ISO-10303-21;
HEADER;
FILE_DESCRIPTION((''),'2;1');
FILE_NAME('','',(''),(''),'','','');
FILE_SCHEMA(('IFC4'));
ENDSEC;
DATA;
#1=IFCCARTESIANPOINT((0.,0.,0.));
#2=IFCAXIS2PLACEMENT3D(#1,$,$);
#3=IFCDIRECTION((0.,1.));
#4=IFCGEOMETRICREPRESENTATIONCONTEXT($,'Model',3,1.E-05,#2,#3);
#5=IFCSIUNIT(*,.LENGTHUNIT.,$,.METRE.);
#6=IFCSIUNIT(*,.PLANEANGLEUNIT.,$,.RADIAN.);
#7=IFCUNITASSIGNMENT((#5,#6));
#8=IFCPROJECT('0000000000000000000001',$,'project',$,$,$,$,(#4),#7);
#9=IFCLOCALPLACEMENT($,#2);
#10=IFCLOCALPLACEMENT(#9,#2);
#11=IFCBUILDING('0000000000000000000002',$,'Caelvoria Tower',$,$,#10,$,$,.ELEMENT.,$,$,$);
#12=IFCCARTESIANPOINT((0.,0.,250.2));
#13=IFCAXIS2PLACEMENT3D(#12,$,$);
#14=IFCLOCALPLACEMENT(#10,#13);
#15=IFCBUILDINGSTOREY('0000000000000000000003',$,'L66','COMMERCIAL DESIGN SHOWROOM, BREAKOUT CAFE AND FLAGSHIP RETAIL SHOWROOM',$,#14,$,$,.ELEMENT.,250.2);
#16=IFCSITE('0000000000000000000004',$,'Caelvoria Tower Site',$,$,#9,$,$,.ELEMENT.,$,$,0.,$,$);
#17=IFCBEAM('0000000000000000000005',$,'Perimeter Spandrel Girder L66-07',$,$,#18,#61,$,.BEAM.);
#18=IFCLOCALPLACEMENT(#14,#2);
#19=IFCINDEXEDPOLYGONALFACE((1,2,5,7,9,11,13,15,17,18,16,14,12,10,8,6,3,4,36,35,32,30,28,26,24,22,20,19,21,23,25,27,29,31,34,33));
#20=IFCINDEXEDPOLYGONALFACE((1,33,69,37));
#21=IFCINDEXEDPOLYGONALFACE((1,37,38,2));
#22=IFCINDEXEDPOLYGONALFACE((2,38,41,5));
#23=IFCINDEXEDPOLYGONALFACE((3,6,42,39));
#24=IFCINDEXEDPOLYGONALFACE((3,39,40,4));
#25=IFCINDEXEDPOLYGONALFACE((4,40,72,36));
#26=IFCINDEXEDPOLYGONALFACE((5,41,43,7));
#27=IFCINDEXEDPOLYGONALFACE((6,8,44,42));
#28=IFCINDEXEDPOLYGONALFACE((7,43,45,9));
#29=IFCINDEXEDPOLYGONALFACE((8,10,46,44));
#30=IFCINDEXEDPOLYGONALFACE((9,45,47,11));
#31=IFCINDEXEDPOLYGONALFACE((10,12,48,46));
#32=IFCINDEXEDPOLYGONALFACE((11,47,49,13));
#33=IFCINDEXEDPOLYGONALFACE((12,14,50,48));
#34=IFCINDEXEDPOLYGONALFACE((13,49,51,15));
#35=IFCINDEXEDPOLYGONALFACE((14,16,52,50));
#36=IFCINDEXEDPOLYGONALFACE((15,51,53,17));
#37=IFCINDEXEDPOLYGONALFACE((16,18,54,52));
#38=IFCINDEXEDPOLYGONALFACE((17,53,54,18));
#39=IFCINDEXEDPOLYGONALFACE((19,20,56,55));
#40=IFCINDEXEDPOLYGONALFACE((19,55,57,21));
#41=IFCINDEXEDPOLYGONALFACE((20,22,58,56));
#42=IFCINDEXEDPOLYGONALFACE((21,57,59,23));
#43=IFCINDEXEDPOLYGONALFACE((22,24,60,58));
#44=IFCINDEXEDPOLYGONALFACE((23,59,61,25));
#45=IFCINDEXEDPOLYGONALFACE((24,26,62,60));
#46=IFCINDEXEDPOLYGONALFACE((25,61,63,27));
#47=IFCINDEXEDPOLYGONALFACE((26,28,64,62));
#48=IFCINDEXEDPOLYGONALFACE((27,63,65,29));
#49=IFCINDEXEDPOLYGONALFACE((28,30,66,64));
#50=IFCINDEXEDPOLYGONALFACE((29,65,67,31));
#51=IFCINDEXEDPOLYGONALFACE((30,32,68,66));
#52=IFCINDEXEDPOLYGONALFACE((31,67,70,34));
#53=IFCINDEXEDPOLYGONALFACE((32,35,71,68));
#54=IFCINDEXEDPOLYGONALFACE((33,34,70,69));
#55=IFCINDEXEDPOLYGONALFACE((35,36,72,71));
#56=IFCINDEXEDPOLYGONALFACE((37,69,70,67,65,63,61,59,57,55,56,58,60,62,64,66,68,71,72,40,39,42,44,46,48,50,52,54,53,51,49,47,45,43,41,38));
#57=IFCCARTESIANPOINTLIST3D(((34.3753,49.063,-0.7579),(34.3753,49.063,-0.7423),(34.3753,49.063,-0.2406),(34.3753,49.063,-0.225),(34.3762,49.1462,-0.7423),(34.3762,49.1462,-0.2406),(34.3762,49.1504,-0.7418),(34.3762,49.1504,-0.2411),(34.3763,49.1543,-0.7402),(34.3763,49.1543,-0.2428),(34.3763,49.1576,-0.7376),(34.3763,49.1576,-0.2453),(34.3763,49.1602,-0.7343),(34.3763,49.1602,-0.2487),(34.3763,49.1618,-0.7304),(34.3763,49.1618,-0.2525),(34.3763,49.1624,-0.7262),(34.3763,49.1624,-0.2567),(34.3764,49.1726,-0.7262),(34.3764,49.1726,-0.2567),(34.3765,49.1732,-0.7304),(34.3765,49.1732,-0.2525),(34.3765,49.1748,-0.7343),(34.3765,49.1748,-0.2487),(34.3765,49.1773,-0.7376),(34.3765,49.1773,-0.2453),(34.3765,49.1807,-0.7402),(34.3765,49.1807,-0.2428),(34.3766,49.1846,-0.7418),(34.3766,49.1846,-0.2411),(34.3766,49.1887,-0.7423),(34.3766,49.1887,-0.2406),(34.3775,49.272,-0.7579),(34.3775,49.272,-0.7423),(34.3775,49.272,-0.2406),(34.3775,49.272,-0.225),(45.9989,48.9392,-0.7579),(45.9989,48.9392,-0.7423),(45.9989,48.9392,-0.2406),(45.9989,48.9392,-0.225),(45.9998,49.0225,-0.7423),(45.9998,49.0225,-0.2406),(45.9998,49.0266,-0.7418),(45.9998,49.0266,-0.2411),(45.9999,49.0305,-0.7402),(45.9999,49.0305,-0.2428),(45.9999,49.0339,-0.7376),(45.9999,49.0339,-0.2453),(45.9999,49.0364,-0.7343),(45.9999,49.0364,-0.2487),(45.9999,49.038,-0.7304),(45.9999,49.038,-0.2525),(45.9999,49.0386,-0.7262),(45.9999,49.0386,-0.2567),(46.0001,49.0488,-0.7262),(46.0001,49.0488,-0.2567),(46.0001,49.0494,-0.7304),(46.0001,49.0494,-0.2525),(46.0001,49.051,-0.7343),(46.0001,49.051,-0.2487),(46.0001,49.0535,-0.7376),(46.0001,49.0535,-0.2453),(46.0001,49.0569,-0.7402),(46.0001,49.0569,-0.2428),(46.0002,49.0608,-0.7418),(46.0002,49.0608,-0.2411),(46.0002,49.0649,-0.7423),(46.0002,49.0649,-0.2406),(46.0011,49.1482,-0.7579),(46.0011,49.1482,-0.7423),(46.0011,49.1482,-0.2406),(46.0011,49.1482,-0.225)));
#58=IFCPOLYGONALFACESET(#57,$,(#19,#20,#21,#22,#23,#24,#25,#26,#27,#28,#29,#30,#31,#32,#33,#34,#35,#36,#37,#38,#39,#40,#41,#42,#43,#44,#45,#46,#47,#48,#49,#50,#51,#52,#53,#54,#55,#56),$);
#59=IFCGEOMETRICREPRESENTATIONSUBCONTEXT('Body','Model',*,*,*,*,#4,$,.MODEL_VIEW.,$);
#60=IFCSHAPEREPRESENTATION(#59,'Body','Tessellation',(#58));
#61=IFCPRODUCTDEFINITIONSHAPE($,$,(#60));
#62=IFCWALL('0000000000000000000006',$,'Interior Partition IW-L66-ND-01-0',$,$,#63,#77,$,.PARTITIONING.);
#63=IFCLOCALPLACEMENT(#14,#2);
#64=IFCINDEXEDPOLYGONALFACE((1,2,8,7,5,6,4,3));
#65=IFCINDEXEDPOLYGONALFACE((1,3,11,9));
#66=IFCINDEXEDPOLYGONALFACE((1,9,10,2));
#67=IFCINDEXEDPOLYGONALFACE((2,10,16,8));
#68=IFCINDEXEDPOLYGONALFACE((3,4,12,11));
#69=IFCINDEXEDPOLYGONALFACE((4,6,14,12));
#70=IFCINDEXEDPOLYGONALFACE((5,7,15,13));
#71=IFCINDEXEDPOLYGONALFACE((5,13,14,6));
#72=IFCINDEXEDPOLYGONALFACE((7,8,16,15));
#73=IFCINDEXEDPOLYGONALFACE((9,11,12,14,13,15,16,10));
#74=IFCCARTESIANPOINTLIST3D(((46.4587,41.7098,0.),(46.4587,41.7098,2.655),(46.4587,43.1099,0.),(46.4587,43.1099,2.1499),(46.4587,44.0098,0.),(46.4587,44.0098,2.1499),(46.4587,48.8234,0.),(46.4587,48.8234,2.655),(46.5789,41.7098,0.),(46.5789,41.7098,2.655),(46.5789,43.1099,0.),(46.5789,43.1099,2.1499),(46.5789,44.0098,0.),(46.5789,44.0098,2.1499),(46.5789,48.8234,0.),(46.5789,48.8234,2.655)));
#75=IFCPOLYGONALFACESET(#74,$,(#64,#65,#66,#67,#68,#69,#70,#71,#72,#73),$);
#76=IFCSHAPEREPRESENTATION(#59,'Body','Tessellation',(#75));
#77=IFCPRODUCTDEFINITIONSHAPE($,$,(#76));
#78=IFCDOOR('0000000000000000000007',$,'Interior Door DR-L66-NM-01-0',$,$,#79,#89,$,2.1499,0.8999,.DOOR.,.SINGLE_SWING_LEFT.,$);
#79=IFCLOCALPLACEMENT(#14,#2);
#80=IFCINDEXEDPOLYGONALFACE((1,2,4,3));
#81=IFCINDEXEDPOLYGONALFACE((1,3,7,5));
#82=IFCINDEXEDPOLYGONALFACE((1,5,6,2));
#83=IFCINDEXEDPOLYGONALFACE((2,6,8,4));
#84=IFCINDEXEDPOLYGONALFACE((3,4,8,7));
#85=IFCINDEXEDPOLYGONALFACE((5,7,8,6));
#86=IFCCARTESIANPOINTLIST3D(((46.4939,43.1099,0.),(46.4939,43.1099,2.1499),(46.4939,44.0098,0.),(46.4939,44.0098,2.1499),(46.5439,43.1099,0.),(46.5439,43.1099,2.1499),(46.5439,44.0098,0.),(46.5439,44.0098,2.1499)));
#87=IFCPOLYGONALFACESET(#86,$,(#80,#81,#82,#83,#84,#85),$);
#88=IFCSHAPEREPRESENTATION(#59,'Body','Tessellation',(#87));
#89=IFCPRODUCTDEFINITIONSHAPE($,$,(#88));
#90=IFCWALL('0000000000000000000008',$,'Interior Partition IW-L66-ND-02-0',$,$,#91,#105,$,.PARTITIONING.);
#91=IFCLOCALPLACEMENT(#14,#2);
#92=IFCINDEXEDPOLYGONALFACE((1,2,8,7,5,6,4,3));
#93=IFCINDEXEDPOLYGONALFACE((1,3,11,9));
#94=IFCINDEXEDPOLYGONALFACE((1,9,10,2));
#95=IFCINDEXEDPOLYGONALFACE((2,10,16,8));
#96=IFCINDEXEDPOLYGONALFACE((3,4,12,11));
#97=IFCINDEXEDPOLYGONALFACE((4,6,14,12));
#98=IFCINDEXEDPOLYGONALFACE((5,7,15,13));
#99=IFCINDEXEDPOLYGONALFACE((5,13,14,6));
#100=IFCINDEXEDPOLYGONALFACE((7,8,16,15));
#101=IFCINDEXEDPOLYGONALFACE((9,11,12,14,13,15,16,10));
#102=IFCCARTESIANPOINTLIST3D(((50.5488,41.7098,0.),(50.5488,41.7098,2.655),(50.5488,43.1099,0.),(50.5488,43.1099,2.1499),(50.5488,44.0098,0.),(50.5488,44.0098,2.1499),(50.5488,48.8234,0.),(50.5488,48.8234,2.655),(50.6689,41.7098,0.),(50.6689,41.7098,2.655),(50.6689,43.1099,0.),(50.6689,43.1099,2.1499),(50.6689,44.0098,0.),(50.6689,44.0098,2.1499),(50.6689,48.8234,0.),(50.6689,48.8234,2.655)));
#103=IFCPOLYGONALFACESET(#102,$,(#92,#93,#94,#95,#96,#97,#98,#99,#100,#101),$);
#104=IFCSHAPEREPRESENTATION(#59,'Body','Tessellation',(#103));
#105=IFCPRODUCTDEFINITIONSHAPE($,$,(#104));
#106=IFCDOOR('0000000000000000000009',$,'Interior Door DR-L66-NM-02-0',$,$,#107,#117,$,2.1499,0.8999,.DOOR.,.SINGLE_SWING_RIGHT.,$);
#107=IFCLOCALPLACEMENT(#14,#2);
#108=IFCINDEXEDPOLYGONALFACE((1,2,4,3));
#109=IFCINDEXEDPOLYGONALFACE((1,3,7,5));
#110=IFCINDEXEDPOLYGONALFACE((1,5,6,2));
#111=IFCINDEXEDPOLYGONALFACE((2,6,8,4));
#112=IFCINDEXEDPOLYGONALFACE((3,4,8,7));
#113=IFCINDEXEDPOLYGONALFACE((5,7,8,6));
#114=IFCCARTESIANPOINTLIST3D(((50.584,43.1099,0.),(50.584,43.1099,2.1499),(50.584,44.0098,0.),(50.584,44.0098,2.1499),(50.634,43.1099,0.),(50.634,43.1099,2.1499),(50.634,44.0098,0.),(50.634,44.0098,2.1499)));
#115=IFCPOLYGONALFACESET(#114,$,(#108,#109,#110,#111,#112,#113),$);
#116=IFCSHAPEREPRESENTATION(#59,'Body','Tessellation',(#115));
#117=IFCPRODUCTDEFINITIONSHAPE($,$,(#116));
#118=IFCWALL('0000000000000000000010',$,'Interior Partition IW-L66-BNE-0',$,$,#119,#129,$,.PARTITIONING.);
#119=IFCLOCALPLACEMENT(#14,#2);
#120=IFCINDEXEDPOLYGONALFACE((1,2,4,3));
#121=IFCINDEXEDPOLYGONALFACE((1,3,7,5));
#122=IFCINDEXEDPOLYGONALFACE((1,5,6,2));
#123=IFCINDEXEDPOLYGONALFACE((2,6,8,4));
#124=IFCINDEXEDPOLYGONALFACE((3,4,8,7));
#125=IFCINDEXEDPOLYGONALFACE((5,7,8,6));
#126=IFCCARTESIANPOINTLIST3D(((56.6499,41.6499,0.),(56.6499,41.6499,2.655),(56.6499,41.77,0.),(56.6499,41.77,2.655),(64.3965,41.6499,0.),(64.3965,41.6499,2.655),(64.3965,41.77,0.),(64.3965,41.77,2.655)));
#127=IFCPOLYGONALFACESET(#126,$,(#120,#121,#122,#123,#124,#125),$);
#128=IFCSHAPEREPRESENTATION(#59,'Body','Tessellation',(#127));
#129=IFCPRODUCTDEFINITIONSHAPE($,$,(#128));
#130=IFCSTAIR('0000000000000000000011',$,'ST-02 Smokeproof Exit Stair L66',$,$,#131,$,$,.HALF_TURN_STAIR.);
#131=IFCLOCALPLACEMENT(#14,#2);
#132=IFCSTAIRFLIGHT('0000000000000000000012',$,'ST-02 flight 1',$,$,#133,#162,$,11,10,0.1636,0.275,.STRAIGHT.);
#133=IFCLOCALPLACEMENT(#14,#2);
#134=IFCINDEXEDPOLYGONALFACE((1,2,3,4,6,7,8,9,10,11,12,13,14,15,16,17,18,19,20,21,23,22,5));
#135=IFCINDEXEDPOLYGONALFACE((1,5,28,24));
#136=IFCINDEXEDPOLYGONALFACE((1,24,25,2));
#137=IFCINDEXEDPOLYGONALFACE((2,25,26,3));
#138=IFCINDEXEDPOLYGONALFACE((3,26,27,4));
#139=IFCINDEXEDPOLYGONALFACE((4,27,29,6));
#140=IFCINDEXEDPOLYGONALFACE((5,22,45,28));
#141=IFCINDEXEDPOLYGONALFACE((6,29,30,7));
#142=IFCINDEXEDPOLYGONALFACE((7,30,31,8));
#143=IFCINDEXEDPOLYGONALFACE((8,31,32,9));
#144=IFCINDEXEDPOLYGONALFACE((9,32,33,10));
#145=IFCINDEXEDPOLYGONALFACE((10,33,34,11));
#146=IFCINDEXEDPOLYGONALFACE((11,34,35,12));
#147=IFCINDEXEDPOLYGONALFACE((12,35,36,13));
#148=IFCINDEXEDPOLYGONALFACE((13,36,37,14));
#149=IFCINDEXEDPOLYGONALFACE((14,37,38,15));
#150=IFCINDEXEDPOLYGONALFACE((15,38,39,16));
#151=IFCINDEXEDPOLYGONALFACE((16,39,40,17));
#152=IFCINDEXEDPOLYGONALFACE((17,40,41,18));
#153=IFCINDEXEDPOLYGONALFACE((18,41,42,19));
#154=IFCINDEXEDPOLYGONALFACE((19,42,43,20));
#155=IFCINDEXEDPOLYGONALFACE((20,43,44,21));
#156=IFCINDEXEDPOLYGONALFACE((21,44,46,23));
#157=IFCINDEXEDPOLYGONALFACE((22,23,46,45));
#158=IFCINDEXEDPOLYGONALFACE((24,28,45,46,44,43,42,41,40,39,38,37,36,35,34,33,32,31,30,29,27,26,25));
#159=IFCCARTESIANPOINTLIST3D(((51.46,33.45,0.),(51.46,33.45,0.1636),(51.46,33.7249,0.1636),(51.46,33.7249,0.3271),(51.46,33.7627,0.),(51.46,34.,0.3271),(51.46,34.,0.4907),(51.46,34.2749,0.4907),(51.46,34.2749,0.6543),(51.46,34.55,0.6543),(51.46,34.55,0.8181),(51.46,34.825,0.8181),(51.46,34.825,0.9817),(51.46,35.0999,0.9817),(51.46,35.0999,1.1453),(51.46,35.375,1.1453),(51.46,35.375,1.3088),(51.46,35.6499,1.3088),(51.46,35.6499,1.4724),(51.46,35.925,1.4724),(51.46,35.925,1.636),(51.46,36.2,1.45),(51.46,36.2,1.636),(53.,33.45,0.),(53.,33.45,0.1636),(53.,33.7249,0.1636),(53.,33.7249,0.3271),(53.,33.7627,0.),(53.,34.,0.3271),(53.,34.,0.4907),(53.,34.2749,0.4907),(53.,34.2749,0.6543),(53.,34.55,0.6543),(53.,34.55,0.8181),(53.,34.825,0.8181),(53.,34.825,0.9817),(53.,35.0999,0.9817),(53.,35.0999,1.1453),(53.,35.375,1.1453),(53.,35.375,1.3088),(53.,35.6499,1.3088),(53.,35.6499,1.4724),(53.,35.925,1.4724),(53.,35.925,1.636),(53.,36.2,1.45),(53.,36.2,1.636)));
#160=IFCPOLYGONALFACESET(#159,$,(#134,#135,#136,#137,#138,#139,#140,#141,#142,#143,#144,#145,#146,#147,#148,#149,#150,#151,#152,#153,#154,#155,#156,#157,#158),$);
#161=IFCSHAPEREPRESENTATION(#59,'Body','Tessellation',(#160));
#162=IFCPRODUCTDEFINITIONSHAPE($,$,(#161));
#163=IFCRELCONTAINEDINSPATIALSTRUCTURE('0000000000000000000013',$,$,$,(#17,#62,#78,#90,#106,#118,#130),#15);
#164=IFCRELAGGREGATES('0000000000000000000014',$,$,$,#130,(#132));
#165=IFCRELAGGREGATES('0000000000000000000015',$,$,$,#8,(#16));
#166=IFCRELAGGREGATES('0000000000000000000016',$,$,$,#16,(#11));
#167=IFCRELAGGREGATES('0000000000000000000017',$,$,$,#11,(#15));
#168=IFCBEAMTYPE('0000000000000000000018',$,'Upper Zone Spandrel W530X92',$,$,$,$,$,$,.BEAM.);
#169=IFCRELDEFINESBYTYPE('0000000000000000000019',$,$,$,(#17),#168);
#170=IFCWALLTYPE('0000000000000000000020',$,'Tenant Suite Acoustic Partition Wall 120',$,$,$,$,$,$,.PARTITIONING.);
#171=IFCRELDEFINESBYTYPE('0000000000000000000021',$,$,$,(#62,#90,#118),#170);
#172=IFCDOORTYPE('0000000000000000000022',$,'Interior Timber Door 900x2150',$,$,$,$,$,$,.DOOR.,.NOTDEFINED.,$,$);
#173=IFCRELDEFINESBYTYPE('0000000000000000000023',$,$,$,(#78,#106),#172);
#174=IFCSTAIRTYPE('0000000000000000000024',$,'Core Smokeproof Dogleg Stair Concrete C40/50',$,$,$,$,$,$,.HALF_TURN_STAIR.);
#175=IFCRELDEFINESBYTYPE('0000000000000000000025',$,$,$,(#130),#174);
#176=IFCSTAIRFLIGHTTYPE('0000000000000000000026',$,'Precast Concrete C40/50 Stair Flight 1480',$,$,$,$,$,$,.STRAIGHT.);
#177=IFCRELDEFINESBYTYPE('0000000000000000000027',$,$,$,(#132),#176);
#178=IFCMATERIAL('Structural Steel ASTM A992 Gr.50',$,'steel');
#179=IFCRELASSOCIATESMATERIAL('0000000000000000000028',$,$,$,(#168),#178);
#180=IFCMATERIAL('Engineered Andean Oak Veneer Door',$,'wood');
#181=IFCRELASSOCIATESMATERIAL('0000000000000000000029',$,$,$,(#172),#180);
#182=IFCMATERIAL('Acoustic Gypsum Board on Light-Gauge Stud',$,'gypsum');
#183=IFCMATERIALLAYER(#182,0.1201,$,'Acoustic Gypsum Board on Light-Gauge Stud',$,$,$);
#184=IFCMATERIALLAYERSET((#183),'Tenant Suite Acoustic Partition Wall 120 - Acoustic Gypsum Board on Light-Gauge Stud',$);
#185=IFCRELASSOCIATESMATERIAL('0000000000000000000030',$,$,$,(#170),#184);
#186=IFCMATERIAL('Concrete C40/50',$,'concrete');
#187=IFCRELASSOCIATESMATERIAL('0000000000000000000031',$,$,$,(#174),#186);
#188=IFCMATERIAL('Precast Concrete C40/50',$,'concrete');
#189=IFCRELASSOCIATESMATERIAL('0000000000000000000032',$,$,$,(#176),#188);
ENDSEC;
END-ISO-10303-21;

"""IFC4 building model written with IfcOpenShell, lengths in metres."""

from ifc_helpers import new_model, si_unit, direction, frame, frame_2d, origin, origin_2d, place, context, subcontext, project, spatial, polyline, rectangle, i_section, outline, extrude, material, layer, layer_set, material_profile, profile_set, type_object, element, fill, aggregate, save


model = new_model("IFC4")

# Units and contexts
model_context = context("Model", 3, precision=1e-05, world=origin(), true_north=direction((0.0, 1.0)))
body_context = subcontext(model_context, "Body", "Model", "MODEL_VIEW")
ifc_project = project(units=[si_unit("LENGTHUNIT", "METRE"), si_unit("PLANEANGLEUNIT", "RADIAN")], contexts=[model_context])

# Site, building, storey
site_placement = place(None, origin())
site = spatial("IfcSite", under=ifc_project, at=site_placement, Name="Caelvoria Tower Site", CompositionType="ELEMENT", RefElevation=0.0)
building_placement = place(site_placement, origin())
building = spatial("IfcBuilding", under=site, at=building_placement, Name="Caelvoria Tower", CompositionType="ELEMENT")
storey_placement = place(building_placement, frame((0.0, 0.0, 250.2)))
storey = spatial("IfcBuildingStorey", under=building, at=storey_placement, Name="L66", Description="COMMERCIAL DESIGN SHOWROOM, BREAKOUT CAFE AND FLAGSHIP RETAIL SHOWROOM", CompositionType="ELEMENT", Elevation=250.2)

# Shared definitions
ifc_material_1 = material(Name="Structural Steel ASTM A992 Gr.50", Category="steel")

# Beam
ifc_material_profile_1 = material_profile(ifc_material_1, i_section(OverallWidth=0.209, OverallDepth=0.533, WebThickness=0.0103, FlangeThickness=0.0156, FilletRadius=0.0161, at=origin_2d()), Name="Structural Steel ASTM A992 Gr.50")
ifc_profile_set_1 = profile_set([ifc_material_profile_1], Name="W530X92 - Structural Steel ASTM A992 Gr.50")
beam_type_1 = type_object("IfcBeamType", Name="Upper Zone Spandrel W530X92", PredefinedType="BEAM", material=ifc_profile_set_1)
beam_1_placement = place(storey_placement, frame((46.0, 49.0437, -0.4915), z_axis=(-0.999943, 0.010648, 0.0), x_axis=(-0.010648, -0.999943, 0.0)))
element("IfcBeam", 1, at=beam_1_placement, inside=storey, type_object=beam_type_1, Name="Perimeter Spandrel Girder L66-07", PredefinedType="BEAM", context=body_context, shape_type="SweptSolid", body=[
    extrude(i_section(OverallWidth=0.209, OverallDepth=0.533, WebThickness=0.0103, FlangeThickness=0.0156, FilletRadius=0.0161, at=origin_2d()), origin(), (0.0, 0.0, 1.0), 11.6243),
])

# Walls, openings, doors
ifc_material_2 = material(Name="Engineered Andean Oak Veneer Door", Category="wood")
door_type = type_object("IfcDoorType", Name="Interior Timber Door 900x2150", OperationType="NOTDEFINED", PredefinedType="DOOR", material=ifc_material_2)
ifc_material_3 = material(Name="Acoustic Gypsum Board on Light-Gauge Stud", Category="gypsum")
ifc_layer_1 = layer(ifc_material_3, 0.1201, Name="Acoustic Gypsum Board on Light-Gauge Stud")
ifc_layer_set_1 = layer_set([ifc_layer_1], Name="Tenant Suite Acoustic Partition Wall 120 - Acoustic Gypsum Board on Light-Gauge Stud")
wall_type_1 = type_object("IfcWallType", Name="Tenant Suite Acoustic Partition Wall 120", PredefinedType="PARTITIONING", material=ifc_layer_set_1)
wall_1_placement = place(storey_placement, frame((46.5188, 41.71, 0.0), z_axis=(0.0, 0.0, 1.0), x_axis=(0.0, 1.0, 0.0)))
wall_1 = element("IfcWall", 2, at=wall_1_placement, inside=storey, type_object=wall_type_1, Name="Interior Partition IW-L66-ND-01-0", PredefinedType="PARTITIONING", context=body_context, shape_type="SweptSolid", body=[
    extrude(rectangle(XDim=7.1135, YDim=0.1201, at=frame_2d((3.5566, 0.0))), origin(), (0.0, 0.0, 1.0), 2.655),
])
opening_1_placement = place(wall_1_placement, frame((1.3999, 0.0, 0.0)))
opening_1 = element("IfcOpeningElement", 3, at=opening_1_placement, cuts=wall_1, PredefinedType="OPENING", context=body_context, shape_type="SweptSolid", body=[
    extrude(rectangle(XDim=0.8999, YDim=2.1499, at=frame_2d((0.45, 1.075))), frame((0.0, 0.0701, 0.0), z_axis=(0.0, -1.0, 0.0), x_axis=(1.0, 0.0, 0.0)), (0.0, 0.0, 1.0), 0.1401),
])
door_1_placement = place(opening_1_placement, origin())
door_1 = element("IfcDoor", 4, at=door_1_placement, inside=storey, type_object=door_type, Name="Interior Door DR-L66-NM-01-0", OperationType="SINGLE_SWING_LEFT", OverallHeight=2.1499, OverallWidth=0.8999, PredefinedType="DOOR", context=body_context, shape_type="SweptSolid", body=[
    extrude(rectangle(XDim=0.8999, YDim=2.1499, at=frame_2d((0.45, 1.075))), frame((0.0, 0.0249, 0.0), z_axis=(0.0, -1.0, 0.0), x_axis=(1.0, 0.0, 0.0)), (0.0, 0.0, 1.0), 0.05),
])
fill(opening_1, door_1)
wall_2_placement = place(storey_placement, frame((50.6089, 41.71, 0.0), z_axis=(0.0, 0.0, 1.0), x_axis=(0.0, 1.0, 0.0)))
wall_2 = element("IfcWall", 5, at=wall_2_placement, inside=storey, type_object=wall_type_1, Name="Interior Partition IW-L66-ND-02-0", PredefinedType="PARTITIONING", context=body_context, shape_type="SweptSolid", body=[
    extrude(rectangle(XDim=7.1135, YDim=0.1201, at=frame_2d((3.5566, 0.0))), origin(), (0.0, 0.0, 1.0), 2.655),
])
opening_2_placement = place(wall_2_placement, frame((1.3999, 0.0, 0.0)))
opening_2 = element("IfcOpeningElement", 6, at=opening_2_placement, cuts=wall_2, PredefinedType="OPENING", context=body_context, shape_type="SweptSolid", body=[
    extrude(rectangle(XDim=0.8999, YDim=2.1499, at=frame_2d((0.45, 1.075))), frame((0.0, 0.0701, 0.0), z_axis=(0.0, -1.0, 0.0), x_axis=(1.0, 0.0, 0.0)), (0.0, 0.0, 1.0), 0.1401),
])
door_2_placement = place(opening_2_placement, origin())
door_2 = element("IfcDoor", 7, at=door_2_placement, inside=storey, type_object=door_type, Name="Interior Door DR-L66-NM-02-0", OperationType="SINGLE_SWING_RIGHT", OverallHeight=2.1499, OverallWidth=0.8999, PredefinedType="DOOR", context=body_context, shape_type="SweptSolid", body=[
    extrude(rectangle(XDim=0.8999, YDim=2.1499, at=frame_2d((0.45, 1.075))), frame((0.0, 0.0249, 0.0), z_axis=(0.0, -1.0, 0.0), x_axis=(1.0, 0.0, 0.0)), (0.0, 0.0, 1.0), 0.05),
])
fill(opening_2, door_2)

# Wall
wall_3_placement = place(storey_placement, frame((56.6499, 41.71, 0.0), z_axis=(0.0, 0.0, 1.0), x_axis=(1.0, 0.0, 0.0)))
element("IfcWall", 8, at=wall_3_placement, inside=storey, type_object=wall_type_1, Name="Interior Partition IW-L66-BNE-0", PredefinedType="PARTITIONING", context=body_context, shape_type="SweptSolid", body=[
    extrude(rectangle(XDim=7.7466, YDim=0.1201, at=frame_2d((3.8733, 0.0))), origin(), (0.0, 0.0, 1.0), 2.655),
])

# Stair, stair flight
ifc_material_4 = material(Name="Concrete C40/50", Category="concrete")
stair_type = type_object("IfcStairType", Name="Core Smokeproof Dogleg Stair Concrete C40/50", PredefinedType="HALF_TURN_STAIR", material=ifc_material_4)
stair_placement = place(storey_placement, origin())
stair = element("IfcStair", 9, at=stair_placement, inside=storey, type_object=stair_type, Name="ST-02 Smokeproof Exit Stair L66", PredefinedType="HALF_TURN_STAIR")
ifc_material_5 = material(Name="Precast Concrete C40/50", Category="concrete")
stair_flight_type = type_object("IfcStairFlightType", Name="Precast Concrete C40/50 Stair Flight 1480", PredefinedType="STRAIGHT", material=ifc_material_5)
stair_flight_1_placement = place(storey_placement, frame((52.23, 33.45, 0.0), z_axis=(0.0, 0.0, 1.0), x_axis=(0.0, 1.0, 0.0)))
stair_flight_1 = element("IfcStairFlight", 10, at=stair_flight_1_placement, type_object=stair_flight_type, Name="ST-02 flight 1", NumberOfRisers=11, NumberOfTreads=10, PredefinedType="STRAIGHT", RiserHeight=0.1636, TreadLength=0.275, context=body_context, shape_type="SweptSolid", body=[
    extrude(outline(polyline([(0.0, 0.0), (0.0, 0.1636), (0.2749, 0.1636), (0.2749, 0.3271), (0.55, 0.3271), (0.55, 0.4907), (0.825, 0.4907), (0.825, 0.6543), (1.1001, 0.6543), (1.1001, 0.8181), (1.375, 0.8181), (1.375, 0.9817), (1.6499, 0.9817), (1.6499, 1.1453), (1.925, 1.1453), (1.925, 1.3088), (2.2, 1.3088), (2.2, 1.4724), (2.4751, 1.4724), (2.4751, 1.636), (2.75, 1.636), (2.75, 1.7996), (2.75, 1.45), (0.3127, 0.0), (0.0, 0.0)])), frame((0.0, 0.77, 0.0), z_axis=(0.0, -1.0, 0.0), x_axis=(1.0, 0.0, 0.0)), (0.0, 0.0, 1.0), 1.54),
])
aggregate(stair, [stair_flight_1])

save(model, "model.ifc")
